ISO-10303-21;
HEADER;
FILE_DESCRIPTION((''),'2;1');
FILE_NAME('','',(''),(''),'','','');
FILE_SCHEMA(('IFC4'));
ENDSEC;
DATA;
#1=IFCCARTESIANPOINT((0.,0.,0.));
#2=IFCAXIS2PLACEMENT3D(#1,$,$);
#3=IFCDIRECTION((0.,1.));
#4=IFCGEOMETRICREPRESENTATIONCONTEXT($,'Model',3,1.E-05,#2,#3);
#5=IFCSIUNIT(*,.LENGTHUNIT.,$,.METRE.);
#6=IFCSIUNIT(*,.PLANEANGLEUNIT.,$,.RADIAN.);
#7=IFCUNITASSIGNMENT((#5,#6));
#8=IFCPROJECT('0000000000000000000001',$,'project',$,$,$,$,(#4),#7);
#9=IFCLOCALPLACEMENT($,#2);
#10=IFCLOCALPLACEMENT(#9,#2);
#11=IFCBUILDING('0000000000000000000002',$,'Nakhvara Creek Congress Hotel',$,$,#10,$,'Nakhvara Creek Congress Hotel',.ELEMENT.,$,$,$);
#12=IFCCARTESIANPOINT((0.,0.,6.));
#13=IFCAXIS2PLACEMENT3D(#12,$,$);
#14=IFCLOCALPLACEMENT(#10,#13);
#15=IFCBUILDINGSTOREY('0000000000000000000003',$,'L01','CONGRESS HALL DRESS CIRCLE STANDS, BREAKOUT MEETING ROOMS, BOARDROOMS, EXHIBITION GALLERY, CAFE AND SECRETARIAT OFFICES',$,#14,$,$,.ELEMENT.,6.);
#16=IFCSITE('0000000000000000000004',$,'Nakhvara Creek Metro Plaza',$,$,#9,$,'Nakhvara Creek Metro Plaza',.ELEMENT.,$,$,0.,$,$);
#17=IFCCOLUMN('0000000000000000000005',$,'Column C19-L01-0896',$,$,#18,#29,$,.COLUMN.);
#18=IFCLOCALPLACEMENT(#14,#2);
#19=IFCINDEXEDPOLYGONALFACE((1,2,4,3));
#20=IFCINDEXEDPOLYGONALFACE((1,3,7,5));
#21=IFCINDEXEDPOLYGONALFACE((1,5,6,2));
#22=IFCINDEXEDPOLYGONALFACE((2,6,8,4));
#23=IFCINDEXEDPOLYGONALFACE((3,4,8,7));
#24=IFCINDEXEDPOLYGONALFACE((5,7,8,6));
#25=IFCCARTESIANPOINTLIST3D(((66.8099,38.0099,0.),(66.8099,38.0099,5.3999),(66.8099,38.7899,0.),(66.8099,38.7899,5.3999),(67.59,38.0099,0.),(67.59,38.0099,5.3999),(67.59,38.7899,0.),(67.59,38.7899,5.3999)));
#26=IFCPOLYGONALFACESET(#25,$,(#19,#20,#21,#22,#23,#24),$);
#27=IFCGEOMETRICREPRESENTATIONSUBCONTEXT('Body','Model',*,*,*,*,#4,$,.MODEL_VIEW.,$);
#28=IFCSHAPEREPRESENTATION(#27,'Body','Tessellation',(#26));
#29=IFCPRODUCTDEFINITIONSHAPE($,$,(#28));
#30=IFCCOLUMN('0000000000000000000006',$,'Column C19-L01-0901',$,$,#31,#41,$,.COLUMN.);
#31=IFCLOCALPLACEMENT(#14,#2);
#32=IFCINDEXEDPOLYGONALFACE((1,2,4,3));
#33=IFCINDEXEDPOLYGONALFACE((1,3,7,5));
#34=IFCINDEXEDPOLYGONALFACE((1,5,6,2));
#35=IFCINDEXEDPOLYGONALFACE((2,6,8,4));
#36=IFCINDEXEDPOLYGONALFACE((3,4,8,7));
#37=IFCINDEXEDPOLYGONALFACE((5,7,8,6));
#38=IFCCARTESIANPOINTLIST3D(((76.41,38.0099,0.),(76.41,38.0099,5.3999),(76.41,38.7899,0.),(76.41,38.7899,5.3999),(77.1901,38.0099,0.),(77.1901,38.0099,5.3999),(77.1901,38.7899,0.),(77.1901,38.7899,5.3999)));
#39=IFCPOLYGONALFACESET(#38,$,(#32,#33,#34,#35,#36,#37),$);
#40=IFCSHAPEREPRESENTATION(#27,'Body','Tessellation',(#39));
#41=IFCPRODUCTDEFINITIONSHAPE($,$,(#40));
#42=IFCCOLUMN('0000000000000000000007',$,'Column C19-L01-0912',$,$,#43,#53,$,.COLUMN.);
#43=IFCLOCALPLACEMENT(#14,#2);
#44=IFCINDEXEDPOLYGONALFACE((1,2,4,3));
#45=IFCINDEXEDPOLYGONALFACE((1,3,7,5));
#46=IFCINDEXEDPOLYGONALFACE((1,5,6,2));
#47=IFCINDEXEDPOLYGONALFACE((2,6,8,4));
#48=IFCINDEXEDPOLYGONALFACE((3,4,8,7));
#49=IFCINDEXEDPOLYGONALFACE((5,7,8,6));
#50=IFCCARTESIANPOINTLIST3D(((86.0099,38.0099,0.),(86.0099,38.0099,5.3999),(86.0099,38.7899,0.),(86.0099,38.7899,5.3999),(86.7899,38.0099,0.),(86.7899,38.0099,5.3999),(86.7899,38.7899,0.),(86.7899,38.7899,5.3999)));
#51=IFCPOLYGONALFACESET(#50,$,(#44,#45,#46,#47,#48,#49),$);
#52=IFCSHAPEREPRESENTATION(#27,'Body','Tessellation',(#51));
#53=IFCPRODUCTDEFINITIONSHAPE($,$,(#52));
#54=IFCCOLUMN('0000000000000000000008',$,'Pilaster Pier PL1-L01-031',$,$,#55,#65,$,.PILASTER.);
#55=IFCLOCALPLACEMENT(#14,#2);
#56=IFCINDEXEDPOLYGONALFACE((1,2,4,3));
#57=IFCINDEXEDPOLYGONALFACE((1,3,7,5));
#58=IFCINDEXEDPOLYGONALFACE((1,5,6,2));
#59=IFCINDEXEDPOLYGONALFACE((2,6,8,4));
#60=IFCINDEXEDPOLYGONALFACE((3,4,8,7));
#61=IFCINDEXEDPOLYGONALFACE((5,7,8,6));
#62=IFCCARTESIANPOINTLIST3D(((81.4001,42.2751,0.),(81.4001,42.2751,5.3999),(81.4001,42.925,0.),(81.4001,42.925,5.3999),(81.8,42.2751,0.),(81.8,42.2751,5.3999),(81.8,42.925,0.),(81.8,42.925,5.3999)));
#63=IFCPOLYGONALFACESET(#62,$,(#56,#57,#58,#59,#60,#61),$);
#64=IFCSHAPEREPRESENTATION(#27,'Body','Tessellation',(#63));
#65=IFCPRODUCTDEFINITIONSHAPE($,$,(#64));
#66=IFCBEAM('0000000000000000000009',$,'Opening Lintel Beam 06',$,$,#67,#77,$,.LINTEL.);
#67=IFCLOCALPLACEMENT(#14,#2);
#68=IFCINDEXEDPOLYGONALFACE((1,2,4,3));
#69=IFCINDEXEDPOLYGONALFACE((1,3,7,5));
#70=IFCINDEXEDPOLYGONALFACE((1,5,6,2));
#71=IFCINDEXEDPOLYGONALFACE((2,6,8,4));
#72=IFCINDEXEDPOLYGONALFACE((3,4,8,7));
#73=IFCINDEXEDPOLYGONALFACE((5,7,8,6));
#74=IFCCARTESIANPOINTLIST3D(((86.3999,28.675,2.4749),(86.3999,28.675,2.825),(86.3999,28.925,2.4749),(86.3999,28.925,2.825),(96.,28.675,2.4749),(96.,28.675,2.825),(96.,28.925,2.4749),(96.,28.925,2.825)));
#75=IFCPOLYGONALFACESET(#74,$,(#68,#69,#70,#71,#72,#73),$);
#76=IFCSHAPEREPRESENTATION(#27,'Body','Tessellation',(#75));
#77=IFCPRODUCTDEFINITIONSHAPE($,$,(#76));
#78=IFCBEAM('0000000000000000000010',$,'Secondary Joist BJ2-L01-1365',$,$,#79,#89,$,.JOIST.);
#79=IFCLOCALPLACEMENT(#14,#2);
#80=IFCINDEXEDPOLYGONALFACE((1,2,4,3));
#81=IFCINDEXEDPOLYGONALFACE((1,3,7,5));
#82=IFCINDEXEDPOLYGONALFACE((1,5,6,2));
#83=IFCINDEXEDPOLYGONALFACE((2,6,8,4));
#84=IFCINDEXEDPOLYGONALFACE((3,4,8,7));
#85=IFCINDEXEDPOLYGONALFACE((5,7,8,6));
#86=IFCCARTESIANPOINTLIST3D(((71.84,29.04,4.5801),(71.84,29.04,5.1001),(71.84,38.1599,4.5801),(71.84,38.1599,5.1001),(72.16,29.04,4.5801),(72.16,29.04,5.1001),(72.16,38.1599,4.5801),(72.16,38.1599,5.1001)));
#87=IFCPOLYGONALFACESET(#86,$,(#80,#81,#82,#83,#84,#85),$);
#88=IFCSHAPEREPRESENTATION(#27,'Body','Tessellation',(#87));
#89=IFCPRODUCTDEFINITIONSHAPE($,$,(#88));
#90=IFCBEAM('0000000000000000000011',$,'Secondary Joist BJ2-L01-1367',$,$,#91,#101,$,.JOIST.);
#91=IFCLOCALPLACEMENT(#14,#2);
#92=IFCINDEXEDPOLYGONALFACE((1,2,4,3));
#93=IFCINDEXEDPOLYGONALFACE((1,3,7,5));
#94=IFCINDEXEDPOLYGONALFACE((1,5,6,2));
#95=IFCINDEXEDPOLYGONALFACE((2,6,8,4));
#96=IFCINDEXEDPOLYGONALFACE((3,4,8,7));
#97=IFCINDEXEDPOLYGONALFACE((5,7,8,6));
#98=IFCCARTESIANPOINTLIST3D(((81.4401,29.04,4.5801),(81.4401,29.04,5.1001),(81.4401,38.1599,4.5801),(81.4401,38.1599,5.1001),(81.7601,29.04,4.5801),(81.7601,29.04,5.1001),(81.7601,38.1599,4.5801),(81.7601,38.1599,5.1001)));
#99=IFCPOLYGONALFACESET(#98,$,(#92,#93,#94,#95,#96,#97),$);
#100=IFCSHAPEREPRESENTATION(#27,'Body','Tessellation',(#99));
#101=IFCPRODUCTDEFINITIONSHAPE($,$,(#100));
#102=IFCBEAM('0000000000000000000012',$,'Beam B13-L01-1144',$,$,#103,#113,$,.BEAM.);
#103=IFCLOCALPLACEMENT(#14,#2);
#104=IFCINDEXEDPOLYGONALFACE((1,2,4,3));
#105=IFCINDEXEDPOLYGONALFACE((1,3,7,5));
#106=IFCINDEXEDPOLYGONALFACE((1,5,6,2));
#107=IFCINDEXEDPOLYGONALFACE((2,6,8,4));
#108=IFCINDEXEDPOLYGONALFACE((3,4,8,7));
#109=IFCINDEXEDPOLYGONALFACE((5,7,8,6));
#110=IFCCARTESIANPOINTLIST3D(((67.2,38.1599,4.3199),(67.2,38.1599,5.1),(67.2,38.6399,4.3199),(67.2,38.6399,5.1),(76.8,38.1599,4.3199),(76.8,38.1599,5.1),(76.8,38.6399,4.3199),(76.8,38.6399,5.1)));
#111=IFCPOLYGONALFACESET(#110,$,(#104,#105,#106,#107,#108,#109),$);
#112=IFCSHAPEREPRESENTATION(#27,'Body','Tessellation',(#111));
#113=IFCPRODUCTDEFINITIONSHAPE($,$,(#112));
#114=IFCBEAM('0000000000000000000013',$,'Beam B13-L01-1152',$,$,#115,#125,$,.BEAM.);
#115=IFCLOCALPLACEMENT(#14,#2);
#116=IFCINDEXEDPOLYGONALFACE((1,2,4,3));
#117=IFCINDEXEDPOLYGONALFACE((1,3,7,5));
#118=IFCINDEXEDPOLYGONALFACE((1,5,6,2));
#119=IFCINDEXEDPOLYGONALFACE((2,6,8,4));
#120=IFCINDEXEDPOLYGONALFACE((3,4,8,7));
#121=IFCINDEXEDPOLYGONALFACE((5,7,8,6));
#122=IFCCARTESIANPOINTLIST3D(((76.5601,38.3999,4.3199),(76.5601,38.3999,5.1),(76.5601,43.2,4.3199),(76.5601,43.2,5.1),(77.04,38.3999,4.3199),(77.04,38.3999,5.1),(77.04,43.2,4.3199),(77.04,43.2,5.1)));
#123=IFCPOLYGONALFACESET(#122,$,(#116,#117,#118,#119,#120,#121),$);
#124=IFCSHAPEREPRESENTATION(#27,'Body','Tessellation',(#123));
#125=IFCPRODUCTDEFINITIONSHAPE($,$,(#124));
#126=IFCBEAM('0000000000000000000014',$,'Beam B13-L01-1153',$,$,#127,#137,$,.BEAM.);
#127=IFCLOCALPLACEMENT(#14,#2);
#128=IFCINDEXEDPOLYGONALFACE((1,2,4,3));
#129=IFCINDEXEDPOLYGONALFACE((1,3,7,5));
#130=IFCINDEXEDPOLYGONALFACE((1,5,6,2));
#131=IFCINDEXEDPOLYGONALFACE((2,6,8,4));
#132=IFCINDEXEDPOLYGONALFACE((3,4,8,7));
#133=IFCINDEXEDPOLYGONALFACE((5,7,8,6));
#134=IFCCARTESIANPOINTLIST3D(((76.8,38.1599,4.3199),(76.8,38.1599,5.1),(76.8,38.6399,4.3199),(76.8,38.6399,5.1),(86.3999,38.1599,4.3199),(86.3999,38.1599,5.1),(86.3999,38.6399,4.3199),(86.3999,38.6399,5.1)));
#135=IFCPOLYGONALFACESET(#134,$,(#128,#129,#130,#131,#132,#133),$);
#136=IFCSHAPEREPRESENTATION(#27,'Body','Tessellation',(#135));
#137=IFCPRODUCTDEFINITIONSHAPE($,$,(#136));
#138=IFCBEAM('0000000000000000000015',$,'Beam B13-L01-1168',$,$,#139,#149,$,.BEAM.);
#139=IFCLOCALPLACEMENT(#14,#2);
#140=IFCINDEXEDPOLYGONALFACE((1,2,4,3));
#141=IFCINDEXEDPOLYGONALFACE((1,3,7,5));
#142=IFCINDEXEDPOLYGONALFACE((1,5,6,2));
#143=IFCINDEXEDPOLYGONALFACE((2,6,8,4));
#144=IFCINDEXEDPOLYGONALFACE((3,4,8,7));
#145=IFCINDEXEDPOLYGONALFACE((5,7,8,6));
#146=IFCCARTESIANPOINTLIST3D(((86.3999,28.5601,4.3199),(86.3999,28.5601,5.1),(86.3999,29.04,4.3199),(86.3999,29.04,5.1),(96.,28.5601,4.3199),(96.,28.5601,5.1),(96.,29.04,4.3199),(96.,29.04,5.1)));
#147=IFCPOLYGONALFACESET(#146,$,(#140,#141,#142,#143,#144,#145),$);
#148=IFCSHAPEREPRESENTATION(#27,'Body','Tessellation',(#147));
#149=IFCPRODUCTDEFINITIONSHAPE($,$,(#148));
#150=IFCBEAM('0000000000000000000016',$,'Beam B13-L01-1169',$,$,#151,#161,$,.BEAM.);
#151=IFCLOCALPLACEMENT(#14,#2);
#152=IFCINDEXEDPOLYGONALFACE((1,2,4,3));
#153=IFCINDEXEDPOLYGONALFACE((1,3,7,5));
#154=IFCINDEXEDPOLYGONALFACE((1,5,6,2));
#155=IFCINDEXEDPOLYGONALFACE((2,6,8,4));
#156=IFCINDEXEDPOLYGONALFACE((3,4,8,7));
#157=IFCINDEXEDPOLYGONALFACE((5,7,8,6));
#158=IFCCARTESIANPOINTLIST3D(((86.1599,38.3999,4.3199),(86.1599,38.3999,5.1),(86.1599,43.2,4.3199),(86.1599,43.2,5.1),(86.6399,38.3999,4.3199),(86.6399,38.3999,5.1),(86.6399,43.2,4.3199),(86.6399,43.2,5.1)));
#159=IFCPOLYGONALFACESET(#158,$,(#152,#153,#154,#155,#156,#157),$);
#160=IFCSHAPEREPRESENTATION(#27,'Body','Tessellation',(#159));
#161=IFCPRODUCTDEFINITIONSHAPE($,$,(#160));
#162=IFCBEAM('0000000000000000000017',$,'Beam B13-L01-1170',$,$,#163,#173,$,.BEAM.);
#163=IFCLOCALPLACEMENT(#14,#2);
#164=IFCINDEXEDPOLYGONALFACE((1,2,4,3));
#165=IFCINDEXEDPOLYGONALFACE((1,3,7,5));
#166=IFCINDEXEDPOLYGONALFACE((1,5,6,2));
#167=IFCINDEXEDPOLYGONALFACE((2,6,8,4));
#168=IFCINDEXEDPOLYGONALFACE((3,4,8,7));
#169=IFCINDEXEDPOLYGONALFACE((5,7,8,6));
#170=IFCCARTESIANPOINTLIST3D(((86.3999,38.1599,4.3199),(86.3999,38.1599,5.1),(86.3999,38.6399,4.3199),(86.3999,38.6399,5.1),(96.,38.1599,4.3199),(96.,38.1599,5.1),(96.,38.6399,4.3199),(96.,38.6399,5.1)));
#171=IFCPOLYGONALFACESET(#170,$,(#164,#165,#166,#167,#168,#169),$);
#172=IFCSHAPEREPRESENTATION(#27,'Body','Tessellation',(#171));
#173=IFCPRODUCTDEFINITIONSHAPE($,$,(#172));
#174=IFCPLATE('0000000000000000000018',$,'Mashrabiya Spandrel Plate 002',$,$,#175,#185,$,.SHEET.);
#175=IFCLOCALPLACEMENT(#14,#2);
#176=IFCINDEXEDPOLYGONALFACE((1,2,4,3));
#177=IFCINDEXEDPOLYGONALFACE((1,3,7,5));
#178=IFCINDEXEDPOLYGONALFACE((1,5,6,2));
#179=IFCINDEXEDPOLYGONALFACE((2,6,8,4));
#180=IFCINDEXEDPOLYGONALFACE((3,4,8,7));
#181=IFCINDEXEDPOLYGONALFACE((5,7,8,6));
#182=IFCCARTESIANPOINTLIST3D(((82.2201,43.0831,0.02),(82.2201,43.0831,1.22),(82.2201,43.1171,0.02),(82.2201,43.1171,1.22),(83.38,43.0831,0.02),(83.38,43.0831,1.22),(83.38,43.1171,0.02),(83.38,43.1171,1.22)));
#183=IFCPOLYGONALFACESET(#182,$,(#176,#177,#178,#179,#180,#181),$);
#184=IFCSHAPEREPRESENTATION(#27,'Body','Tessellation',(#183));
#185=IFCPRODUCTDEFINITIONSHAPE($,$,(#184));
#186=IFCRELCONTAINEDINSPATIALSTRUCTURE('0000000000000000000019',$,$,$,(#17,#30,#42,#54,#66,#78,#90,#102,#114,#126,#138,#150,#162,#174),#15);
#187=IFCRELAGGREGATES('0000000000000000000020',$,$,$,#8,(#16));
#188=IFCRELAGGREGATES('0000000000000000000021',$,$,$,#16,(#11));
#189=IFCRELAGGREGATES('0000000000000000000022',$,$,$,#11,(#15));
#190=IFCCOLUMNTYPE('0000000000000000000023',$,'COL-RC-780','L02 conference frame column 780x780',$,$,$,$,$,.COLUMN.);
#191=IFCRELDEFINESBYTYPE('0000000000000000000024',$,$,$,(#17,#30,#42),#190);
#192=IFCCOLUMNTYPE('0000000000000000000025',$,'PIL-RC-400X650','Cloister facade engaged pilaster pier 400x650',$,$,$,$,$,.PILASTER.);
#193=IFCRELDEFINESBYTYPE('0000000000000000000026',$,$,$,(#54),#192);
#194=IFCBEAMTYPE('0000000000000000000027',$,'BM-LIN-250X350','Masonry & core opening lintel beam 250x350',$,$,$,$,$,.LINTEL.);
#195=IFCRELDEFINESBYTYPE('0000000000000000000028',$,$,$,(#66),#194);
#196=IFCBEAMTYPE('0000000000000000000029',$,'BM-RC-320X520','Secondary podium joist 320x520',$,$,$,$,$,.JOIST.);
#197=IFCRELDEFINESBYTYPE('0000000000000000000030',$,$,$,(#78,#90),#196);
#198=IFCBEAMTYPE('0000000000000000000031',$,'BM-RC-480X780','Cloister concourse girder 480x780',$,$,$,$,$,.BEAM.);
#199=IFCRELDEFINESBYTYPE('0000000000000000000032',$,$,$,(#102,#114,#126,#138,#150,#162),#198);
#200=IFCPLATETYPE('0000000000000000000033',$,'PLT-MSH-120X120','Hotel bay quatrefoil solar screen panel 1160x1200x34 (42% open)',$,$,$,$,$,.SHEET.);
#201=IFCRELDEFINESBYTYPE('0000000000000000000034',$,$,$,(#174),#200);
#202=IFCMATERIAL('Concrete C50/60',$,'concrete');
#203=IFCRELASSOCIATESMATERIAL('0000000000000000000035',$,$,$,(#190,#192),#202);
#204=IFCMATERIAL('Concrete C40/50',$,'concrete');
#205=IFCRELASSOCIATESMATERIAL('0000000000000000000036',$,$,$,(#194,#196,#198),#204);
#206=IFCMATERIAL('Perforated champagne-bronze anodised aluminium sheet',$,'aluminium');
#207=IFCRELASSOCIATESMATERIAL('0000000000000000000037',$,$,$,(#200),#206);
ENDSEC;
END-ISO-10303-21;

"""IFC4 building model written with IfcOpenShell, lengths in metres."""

from ifc_helpers import new_model, si_unit, direction, frame, origin, origin_2d, place, context, subcontext, project, spatial, rectangle, extrude, material, material_profile, profile_set, type_object, element, save


model = new_model("IFC4")

# Units and contexts
model_context = context("Model", 3, precision=1e-05, world=origin(), true_north=direction((0.0, 1.0)))
body_context = subcontext(model_context, "Body", "Model", "MODEL_VIEW")
ifc_project = project(units=[si_unit("LENGTHUNIT", "METRE"), si_unit("PLANEANGLEUNIT", "RADIAN")], contexts=[model_context])

# Site, building, storey
site_placement = place(None, origin())
site = spatial("IfcSite", under=ifc_project, at=site_placement, Name="Nakhvara Creek Metro Plaza", LongName="Nakhvara Creek Metro Plaza", CompositionType="ELEMENT", RefElevation=0.0)
building_placement = place(site_placement, origin())
building = spatial("IfcBuilding", under=site, at=building_placement, Name="Nakhvara Creek Congress Hotel", LongName="Nakhvara Creek Congress Hotel", CompositionType="ELEMENT")
storey_placement = place(building_placement, frame((0.0, 0.0, 6.0)))
storey = spatial("IfcBuildingStorey", under=building, at=storey_placement, Name="L01", Description="CONGRESS HALL DRESS CIRCLE STANDS, BREAKOUT MEETING ROOMS, BOARDROOMS, EXHIBITION GALLERY, CAFE AND SECRETARIAT OFFICES", CompositionType="ELEMENT", Elevation=6.0)

# Columns
ifc_material_1 = material(Name="Concrete C50/60", Category="concrete")
ifc_material_profile_1 = material_profile(ifc_material_1, rectangle(XDim=0.78, YDim=0.78, at=origin_2d()), Name="RC-COL 780x780", Category="LoadBearing")
ifc_profile_set_1 = profile_set([ifc_material_profile_1], Name="Concrete C50/60")
column_type_1 = type_object("IfcColumnType", Name="COL-RC-780", Description="L02 conference frame column 780x780", PredefinedType="COLUMN", material=ifc_profile_set_1)
for number, where, z_axis, x_axis, name in (
    (1, (67.2, 38.3999, 0.0), (0.0, 0.0, 1.0), (1.0, 0.0, 0.0), "Column C19-L01-0896"),
    (2, (76.8, 38.3999, 0.0), (0.0, 0.0, 1.0), (1.0, 0.0, 0.0), "Column C19-L01-0901"),
    (3, (86.3999, 38.3999, 0.0), (0.0, 0.0, 1.0), (1.0, 0.0, 0.0), "Column C19-L01-0912"),
):
    element("IfcColumn", number, at=place(storey_placement, frame(where, z_axis=z_axis, x_axis=x_axis)), inside=storey, type_object=column_type_1, Name=name, PredefinedType="COLUMN", context=body_context, shape_type="SweptSolid", body=[
        extrude(rectangle(XDim=0.78, YDim=0.78, at=origin_2d()), origin(), (0.0, 0.0, 1.0), 5.3999),
    ])
ifc_material_profile_2 = material_profile(ifc_material_1, rectangle(XDim=0.3999, YDim=0.6499, at=origin_2d()), Name="RC-PIL 400x650", Category="LoadBearing")
ifc_profile_set_2 = profile_set([ifc_material_profile_2], Name="Concrete C50/60")
column_type_2 = type_object("IfcColumnType", Name="PIL-RC-400X650", Description="Cloister facade engaged pilaster pier 400x650", PredefinedType="PILASTER", material=ifc_profile_set_2)
column_placement = place(storey_placement, frame((81.6001, 42.6001, 0.0), z_axis=(0.0, 0.0, 1.0), x_axis=(1.0, 0.0, 0.0)))
element("IfcColumn", 4, at=column_placement, inside=storey, type_object=column_type_2, Name="Pilaster Pier PL1-L01-031", PredefinedType="PILASTER", context=body_context, shape_type="SweptSolid", body=[
    extrude(rectangle(XDim=0.3999, YDim=0.6499, at=origin_2d()), origin(), (0.0, 0.0, 1.0), 5.3999),
])

# Beams
ifc_material_2 = material(Name="Concrete C40/50", Category="concrete")
ifc_material_profile_3 = material_profile(ifc_material_2, rectangle(XDim=0.25, YDim=0.3501, at=origin_2d()), Name="RC-LINTEL 250x350", Category="LoadBearing")
ifc_profile_set_3 = profile_set([ifc_material_profile_3], Name="Concrete C40/50")
beam_type_1 = type_object("IfcBeamType", Name="BM-LIN-250X350", Description="Masonry & core opening lintel beam 250x350", PredefinedType="LINTEL", material=ifc_profile_set_3)
beam_1_placement = place(storey_placement, frame((86.3999, 28.8, 2.6499), z_axis=(1.0, 0.0, 0.0), x_axis=(0.0, 1.0, 0.0)))
element("IfcBeam", 5, at=beam_1_placement, inside=storey, type_object=beam_type_1, Name="Opening Lintel Beam 06", PredefinedType="LINTEL", context=body_context, shape_type="SweptSolid", body=[
    extrude(rectangle(XDim=0.25, YDim=0.3501, at=origin_2d()), origin(), (0.0, 0.0, 1.0), 9.6001),
])
ifc_material_profile_4 = material_profile(ifc_material_2, rectangle(XDim=0.3201, YDim=0.52, at=origin_2d()), Name="RC-BM 320x520", Category="LoadBearing")
ifc_profile_set_4 = profile_set([ifc_material_profile_4], Name="Concrete C40/50")
beam_type_2 = type_object("IfcBeamType", Name="BM-RC-320X520", Description="Secondary podium joist 320x520", PredefinedType="JOIST", material=ifc_profile_set_4)
for number, where, z_axis, x_axis, name in (
    (6, (72.0, 29.04, 4.8401), (0.0, 1.0, 0.0), (-1.0, 0.0, 0.0), "Secondary Joist BJ2-L01-1365"),
    (7, (81.6001, 29.04, 4.8401), (0.0, 1.0, 0.0), (-1.0, 0.0, 0.0), "Secondary Joist BJ2-L01-1367"),
):
    element("IfcBeam", number, at=place(storey_placement, frame(where, z_axis=z_axis, x_axis=x_axis)), inside=storey, type_object=beam_type_2, Name=name, PredefinedType="JOIST", context=body_context, shape_type="SweptSolid", body=[
        extrude(rectangle(XDim=0.3201, YDim=0.52, at=origin_2d()), origin(), (0.0, 0.0, 1.0), 9.1199),
    ])
ifc_material_profile_5 = material_profile(ifc_material_2, rectangle(XDim=0.48, YDim=0.78, at=origin_2d()), Name="RC-BM 480x780", Category="LoadBearing")
ifc_profile_set_5 = profile_set([ifc_material_profile_5], Name="Concrete C40/50")
beam_type_3 = type_object("IfcBeamType", Name="BM-RC-480X780", Description="Cloister concourse girder 480x780", PredefinedType="BEAM", material=ifc_profile_set_5)
beam_2_placement = place(storey_placement, frame((67.2, 38.3999, 4.71), z_axis=(1.0, 0.0, 0.0), x_axis=(0.0, 1.0, 0.0)))
element("IfcBeam", 8, at=beam_2_placement, inside=storey, type_object=beam_type_3, Name="Beam B13-L01-1144", PredefinedType="BEAM", context=body_context, shape_type="SweptSolid", body=[
    extrude(rectangle(XDim=0.48, YDim=0.78, at=origin_2d()), origin(), (0.0, 0.0, 1.0), 9.6001),
])
beam_3_placement = place(storey_placement, frame((76.8, 38.3999, 4.71), z_axis=(0.0, 1.0, 0.0), x_axis=(-1.0, 0.0, 0.0)))
element("IfcBeam", 9, at=beam_3_placement, inside=storey, type_object=beam_type_3, Name="Beam B13-L01-1152", PredefinedType="BEAM", context=body_context, shape_type="SweptSolid", body=[
    extrude(rectangle(XDim=0.48, YDim=0.78, at=origin_2d()), origin(), (0.0, 0.0, 1.0), 4.8),
])
beam_4_placement = place(storey_placement, frame((76.8, 38.3999, 4.71), z_axis=(1.0, 0.0, 0.0), x_axis=(0.0, 1.0, 0.0)))
element("IfcBeam", 10, at=beam_4_placement, inside=storey, type_object=beam_type_3, Name="Beam B13-L01-1153", PredefinedType="BEAM", context=body_context, shape_type="SweptSolid", body=[
    extrude(rectangle(XDim=0.48, YDim=0.78, at=origin_2d()), origin(), (0.0, 0.0, 1.0), 9.5999),
])
beam_5_placement = place(storey_placement, frame((86.3999, 28.8, 4.71), z_axis=(1.0, 0.0, 0.0), x_axis=(0.0, 1.0, 0.0)))
element("IfcBeam", 11, at=beam_5_placement, inside=storey, type_object=beam_type_3, Name="Beam B13-L01-1168", PredefinedType="BEAM", context=body_context, shape_type="SweptSolid", body=[
    extrude(rectangle(XDim=0.48, YDim=0.78, at=origin_2d()), origin(), (0.0, 0.0, 1.0), 9.6001),
])
beam_6_placement = place(storey_placement, frame((86.3999, 38.3999, 4.71), z_axis=(0.0, 1.0, 0.0), x_axis=(-1.0, 0.0, 0.0)))
element("IfcBeam", 12, at=beam_6_placement, inside=storey, type_object=beam_type_3, Name="Beam B13-L01-1169", PredefinedType="BEAM", context=body_context, shape_type="SweptSolid", body=[
    extrude(rectangle(XDim=0.48, YDim=0.78, at=origin_2d()), origin(), (0.0, 0.0, 1.0), 4.8),
])
beam_7_placement = place(storey_placement, frame((86.3999, 38.3999, 4.71), z_axis=(1.0, 0.0, 0.0), x_axis=(0.0, 1.0, 0.0)))
element("IfcBeam", 13, at=beam_7_placement, inside=storey, type_object=beam_type_3, Name="Beam B13-L01-1170", PredefinedType="BEAM", context=body_context, shape_type="SweptSolid", body=[
    extrude(rectangle(XDim=0.48, YDim=0.78, at=origin_2d()), origin(), (0.0, 0.0, 1.0), 9.6001),
])

# Plate
ifc_material_3 = material(Name="Perforated champagne-bronze anodised aluminium sheet", Category="aluminium")
plate_type_1 = type_object("IfcPlateType", Name="PLT-MSH-120X120", Description="Hotel bay quatrefoil solar screen panel 1160x1200x34 (42% open)", PredefinedType="SHEET", material=ifc_material_3)
plate_1_placement = place(storey_placement, frame((82.8, 43.1001, 0.02), z_axis=(0.0, 0.0, 1.0), x_axis=(1.0, 0.0, 0.0)))
element("IfcPlate", 14, at=plate_1_placement, inside=storey, type_object=plate_type_1, Name="Mashrabiya Spandrel Plate 002", PredefinedType="SHEET", context=body_context, shape_type="SweptSolid", body=[
    extrude(rectangle(XDim=1.1599, YDim=0.0339, at=origin_2d()), origin(), (0.0, 0.0, 1.0), 1.2),
])

save(model, "model.ifc")
